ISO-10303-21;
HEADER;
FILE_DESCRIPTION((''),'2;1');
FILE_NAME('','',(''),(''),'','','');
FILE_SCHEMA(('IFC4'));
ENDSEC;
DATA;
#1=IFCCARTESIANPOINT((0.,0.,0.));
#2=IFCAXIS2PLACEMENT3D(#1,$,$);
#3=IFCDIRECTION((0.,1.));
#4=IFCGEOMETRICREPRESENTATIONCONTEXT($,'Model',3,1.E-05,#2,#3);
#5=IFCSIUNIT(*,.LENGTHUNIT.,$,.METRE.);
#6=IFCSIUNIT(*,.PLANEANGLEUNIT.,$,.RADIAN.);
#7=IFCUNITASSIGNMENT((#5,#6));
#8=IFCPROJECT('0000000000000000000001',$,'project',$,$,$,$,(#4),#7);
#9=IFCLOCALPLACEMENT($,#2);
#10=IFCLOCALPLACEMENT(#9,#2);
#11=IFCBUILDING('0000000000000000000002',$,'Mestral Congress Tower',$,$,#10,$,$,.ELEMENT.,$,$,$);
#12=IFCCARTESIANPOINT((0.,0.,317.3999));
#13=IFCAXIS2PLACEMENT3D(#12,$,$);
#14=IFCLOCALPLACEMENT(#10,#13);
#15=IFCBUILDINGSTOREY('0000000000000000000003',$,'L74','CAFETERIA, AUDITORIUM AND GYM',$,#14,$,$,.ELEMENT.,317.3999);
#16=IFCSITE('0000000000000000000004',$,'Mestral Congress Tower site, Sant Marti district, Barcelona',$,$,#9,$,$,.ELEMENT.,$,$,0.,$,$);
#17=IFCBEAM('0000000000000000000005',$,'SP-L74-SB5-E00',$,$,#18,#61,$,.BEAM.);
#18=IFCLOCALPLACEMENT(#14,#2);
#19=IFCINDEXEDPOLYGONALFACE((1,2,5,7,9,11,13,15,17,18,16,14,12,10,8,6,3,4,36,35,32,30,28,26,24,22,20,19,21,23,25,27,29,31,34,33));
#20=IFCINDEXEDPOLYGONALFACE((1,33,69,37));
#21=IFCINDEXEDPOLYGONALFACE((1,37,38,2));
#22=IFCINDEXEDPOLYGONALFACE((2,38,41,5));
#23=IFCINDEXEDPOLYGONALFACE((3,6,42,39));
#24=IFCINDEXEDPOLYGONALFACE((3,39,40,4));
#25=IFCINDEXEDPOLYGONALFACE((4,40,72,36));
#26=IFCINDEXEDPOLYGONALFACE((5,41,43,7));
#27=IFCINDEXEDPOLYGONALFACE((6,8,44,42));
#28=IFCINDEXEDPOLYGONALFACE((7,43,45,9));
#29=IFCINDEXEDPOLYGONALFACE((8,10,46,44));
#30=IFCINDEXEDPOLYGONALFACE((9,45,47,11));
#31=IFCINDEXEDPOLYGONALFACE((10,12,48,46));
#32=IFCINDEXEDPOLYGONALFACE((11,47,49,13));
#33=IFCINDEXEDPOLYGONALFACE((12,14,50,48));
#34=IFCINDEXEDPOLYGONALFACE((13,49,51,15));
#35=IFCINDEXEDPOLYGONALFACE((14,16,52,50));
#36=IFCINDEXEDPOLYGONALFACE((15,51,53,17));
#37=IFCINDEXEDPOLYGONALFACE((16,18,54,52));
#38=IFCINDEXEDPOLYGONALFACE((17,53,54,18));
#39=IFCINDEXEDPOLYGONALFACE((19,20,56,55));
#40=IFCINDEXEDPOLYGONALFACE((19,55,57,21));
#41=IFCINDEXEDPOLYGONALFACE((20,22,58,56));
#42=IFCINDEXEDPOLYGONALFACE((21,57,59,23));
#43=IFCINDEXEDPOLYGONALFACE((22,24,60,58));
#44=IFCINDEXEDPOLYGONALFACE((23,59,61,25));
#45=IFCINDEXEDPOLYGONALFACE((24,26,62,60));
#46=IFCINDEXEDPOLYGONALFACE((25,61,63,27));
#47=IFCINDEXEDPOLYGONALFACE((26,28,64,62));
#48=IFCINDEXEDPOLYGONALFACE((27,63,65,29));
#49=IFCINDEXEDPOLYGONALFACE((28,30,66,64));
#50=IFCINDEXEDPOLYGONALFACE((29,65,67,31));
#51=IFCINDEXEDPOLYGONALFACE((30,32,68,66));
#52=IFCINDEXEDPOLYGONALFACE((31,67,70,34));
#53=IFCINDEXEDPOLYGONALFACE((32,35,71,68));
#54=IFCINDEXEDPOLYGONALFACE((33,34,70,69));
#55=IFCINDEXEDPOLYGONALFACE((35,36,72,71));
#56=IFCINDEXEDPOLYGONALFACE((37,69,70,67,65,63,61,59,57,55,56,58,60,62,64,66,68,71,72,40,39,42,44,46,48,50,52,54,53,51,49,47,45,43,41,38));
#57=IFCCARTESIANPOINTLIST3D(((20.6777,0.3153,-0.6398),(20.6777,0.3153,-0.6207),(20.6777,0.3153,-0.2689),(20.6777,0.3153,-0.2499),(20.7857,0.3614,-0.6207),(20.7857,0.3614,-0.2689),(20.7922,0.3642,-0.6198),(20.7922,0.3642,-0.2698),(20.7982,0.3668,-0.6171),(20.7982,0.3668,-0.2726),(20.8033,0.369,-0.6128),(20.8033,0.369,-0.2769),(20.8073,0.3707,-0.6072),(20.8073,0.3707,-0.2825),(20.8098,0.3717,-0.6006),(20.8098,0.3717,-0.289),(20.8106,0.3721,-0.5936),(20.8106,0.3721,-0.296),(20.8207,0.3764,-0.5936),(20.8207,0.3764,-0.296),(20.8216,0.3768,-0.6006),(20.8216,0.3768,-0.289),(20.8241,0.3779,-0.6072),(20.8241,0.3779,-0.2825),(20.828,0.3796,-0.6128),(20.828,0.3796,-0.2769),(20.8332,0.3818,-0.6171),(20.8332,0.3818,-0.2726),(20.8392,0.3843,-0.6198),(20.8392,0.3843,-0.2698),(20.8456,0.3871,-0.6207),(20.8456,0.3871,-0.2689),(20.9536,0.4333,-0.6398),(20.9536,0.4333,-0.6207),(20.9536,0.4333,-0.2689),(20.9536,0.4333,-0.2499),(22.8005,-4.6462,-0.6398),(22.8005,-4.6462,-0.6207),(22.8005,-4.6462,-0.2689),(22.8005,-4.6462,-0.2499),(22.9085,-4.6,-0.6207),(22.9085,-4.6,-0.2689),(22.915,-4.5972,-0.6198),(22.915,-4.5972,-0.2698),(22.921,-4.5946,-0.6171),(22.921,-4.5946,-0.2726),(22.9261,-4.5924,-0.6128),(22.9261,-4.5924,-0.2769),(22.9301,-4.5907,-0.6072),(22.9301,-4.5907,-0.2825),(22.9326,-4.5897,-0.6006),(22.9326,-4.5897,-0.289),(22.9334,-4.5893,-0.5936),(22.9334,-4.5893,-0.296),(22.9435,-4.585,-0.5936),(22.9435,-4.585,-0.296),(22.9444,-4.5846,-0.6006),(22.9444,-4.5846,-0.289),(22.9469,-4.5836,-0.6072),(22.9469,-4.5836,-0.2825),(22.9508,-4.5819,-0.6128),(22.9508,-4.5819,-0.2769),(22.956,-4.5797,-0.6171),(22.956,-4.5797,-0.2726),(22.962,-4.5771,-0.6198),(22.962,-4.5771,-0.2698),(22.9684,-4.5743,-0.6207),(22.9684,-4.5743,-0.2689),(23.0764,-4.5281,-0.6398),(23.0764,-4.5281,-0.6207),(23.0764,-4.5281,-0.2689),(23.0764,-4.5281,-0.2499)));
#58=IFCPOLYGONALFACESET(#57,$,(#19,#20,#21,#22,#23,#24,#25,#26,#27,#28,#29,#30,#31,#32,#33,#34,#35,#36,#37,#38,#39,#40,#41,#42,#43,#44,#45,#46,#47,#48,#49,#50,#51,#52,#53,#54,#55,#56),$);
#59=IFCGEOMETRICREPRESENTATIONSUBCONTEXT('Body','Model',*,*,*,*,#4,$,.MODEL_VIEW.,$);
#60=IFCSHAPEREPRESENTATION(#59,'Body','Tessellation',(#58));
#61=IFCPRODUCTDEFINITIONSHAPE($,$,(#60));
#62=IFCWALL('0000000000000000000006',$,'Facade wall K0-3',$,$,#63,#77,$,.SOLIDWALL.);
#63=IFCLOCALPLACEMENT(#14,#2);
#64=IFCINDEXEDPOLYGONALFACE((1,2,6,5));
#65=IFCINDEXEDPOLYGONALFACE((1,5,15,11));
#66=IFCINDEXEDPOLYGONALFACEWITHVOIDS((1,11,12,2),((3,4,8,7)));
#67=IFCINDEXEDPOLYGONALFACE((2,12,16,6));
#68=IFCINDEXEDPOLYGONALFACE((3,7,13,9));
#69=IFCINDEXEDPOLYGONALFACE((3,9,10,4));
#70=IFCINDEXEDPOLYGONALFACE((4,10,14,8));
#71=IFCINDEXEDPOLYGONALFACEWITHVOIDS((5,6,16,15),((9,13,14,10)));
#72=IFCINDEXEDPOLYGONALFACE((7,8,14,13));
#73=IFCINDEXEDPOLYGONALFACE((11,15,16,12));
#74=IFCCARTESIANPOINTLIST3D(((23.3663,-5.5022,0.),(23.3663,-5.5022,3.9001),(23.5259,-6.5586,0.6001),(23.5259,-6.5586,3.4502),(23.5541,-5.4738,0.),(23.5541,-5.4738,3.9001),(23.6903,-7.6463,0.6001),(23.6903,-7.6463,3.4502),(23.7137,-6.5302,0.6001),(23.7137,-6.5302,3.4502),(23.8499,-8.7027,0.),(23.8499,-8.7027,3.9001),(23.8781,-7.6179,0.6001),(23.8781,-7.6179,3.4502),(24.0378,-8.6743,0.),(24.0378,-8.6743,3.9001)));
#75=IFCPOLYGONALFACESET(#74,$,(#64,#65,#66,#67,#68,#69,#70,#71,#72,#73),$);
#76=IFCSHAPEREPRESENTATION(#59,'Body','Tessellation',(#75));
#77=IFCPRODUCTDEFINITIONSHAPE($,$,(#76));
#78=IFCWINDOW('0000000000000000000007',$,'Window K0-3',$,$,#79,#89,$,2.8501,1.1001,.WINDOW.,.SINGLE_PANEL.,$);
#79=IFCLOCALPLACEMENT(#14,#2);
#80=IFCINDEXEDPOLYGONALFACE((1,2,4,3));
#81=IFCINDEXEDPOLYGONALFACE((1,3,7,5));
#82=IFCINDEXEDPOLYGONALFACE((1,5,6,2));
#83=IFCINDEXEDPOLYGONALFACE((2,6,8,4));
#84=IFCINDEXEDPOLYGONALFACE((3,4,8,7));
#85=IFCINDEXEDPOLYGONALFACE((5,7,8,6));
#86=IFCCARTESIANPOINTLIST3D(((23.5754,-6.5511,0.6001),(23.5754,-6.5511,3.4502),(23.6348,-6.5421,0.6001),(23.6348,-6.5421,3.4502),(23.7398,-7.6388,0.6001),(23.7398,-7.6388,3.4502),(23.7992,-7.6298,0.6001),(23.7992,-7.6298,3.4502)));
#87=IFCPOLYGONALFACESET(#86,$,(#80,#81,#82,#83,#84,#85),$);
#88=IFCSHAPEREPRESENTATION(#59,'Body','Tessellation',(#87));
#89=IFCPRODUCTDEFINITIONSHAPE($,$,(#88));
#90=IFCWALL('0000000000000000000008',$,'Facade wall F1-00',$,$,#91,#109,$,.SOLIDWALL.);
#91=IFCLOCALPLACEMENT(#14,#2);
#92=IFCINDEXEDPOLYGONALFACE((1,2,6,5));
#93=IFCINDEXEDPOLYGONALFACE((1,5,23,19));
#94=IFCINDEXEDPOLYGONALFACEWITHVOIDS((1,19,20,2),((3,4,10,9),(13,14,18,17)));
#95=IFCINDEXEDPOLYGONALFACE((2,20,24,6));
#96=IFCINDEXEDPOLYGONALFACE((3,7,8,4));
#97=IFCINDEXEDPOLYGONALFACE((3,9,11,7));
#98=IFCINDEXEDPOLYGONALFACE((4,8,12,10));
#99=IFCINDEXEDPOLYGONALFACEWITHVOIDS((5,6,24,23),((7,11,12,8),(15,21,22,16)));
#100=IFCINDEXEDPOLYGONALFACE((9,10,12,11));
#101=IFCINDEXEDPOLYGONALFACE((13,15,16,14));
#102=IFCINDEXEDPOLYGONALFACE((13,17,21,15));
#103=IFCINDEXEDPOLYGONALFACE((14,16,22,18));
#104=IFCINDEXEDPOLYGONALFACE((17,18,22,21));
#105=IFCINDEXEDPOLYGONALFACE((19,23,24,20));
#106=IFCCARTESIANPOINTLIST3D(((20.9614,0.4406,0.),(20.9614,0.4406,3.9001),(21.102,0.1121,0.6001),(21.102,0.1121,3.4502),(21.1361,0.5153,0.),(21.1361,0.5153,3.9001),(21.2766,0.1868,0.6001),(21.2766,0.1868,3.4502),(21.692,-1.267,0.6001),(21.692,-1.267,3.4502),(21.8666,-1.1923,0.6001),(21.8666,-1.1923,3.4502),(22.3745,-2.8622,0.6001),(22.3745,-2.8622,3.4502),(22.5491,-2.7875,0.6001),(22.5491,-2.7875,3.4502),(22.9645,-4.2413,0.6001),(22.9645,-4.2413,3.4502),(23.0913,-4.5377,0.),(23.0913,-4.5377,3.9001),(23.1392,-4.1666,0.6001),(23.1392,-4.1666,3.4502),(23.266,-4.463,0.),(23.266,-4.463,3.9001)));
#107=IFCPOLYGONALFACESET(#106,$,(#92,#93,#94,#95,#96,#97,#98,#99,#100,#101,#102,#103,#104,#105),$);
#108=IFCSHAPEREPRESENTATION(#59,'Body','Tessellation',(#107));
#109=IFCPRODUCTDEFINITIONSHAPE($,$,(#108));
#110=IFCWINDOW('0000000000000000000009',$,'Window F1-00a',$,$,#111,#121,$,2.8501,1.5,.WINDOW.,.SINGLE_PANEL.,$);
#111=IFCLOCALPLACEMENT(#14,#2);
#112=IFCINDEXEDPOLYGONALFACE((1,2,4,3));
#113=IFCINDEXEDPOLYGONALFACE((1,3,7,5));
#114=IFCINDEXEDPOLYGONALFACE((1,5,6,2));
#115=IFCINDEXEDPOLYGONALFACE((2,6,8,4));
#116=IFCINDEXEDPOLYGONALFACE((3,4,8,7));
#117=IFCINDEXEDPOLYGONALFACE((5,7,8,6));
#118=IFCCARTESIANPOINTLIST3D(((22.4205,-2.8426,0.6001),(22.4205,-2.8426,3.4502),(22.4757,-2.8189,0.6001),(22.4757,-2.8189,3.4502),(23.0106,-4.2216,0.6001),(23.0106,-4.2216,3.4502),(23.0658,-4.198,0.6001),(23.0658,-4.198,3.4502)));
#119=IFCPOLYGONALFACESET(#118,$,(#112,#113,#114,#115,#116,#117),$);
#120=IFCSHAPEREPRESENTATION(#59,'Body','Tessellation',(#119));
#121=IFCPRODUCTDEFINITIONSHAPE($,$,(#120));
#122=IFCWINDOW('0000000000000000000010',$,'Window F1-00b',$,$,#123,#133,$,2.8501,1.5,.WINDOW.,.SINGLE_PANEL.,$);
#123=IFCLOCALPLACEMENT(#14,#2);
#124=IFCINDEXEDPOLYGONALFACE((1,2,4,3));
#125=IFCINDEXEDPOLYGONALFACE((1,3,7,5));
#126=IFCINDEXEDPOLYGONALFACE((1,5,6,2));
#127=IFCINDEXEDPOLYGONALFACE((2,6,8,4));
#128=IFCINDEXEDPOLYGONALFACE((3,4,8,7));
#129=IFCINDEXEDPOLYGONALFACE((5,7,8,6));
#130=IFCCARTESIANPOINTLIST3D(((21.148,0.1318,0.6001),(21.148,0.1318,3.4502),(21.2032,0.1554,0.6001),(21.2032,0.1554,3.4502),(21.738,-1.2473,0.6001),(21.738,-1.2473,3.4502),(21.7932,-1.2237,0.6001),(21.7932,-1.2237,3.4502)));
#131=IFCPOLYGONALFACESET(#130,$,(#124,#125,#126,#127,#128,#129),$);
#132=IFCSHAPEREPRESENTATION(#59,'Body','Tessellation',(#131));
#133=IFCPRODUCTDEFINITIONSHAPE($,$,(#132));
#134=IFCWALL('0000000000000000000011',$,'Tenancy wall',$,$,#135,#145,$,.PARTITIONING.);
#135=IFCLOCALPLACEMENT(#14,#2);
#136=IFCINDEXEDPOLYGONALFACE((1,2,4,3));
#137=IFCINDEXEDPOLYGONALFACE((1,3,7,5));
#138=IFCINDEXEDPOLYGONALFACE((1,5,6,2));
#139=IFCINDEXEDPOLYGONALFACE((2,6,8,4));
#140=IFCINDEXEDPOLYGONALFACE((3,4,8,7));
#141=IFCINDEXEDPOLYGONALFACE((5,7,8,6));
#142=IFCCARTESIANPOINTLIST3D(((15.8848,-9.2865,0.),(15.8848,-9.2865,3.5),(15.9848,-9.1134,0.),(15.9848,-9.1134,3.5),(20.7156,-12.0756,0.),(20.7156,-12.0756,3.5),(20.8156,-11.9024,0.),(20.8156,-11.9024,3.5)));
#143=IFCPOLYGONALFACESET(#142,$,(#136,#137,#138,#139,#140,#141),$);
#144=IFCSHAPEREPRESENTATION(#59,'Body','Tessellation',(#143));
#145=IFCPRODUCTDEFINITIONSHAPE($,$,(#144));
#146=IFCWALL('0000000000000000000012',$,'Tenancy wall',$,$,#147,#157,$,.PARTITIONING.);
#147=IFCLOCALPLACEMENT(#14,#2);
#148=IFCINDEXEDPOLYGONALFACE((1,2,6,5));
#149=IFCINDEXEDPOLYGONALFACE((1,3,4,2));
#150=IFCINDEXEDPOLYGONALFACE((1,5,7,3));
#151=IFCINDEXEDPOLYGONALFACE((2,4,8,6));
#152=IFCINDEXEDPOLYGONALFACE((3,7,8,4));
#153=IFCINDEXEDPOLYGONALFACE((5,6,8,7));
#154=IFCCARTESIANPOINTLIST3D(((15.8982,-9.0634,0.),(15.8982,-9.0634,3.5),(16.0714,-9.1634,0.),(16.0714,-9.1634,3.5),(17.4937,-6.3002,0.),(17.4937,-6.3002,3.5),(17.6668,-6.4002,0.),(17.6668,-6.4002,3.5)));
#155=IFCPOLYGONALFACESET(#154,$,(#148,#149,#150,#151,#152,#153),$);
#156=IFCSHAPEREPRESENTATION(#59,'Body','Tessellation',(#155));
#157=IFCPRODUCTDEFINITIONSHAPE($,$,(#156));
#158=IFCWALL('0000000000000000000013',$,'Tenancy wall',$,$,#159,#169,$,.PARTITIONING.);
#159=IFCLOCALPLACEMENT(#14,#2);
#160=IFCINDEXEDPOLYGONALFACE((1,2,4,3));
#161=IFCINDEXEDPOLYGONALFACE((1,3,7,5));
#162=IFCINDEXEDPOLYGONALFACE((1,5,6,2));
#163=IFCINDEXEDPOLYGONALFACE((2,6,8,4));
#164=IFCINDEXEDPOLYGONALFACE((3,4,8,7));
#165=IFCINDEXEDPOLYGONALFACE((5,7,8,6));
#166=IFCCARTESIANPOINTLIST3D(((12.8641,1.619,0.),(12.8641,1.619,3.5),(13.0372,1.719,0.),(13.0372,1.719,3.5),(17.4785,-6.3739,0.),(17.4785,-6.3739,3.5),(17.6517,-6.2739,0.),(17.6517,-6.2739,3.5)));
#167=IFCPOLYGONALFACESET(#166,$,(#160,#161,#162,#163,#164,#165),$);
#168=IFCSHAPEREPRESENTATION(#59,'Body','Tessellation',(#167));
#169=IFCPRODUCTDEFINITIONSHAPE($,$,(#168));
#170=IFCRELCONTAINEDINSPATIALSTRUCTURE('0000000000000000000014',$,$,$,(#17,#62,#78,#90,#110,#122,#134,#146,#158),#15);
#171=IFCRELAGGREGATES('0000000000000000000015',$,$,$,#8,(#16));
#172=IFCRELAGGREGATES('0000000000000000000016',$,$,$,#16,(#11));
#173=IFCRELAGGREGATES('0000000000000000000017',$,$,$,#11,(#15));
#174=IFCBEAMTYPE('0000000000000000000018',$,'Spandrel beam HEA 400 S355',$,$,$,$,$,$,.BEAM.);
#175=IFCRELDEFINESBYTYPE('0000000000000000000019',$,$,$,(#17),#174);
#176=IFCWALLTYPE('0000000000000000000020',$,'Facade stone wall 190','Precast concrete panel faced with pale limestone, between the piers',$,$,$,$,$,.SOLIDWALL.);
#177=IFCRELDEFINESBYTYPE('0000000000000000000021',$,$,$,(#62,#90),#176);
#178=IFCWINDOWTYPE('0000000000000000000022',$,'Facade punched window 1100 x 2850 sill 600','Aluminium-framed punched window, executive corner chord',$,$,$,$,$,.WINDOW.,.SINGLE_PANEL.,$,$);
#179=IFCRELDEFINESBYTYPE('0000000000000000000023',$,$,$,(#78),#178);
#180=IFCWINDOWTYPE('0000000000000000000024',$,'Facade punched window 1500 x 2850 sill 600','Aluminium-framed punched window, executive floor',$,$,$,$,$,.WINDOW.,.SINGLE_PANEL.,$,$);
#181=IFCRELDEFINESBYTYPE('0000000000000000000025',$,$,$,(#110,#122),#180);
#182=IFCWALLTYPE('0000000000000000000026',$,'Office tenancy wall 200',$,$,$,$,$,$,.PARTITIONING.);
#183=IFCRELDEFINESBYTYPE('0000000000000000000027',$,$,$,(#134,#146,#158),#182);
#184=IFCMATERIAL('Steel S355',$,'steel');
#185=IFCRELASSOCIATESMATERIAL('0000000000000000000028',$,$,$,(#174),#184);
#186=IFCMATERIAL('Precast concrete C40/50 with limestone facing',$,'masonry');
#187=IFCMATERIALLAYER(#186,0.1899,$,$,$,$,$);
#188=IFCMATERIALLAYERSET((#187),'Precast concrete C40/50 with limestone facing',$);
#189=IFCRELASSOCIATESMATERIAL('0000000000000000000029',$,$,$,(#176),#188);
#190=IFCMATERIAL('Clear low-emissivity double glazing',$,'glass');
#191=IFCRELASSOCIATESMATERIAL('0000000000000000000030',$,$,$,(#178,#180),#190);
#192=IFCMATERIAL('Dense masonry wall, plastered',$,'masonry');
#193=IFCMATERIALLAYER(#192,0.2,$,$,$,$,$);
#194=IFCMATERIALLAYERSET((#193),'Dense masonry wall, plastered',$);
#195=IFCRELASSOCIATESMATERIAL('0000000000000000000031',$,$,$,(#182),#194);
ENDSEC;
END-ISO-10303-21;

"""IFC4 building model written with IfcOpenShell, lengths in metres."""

from ifc_helpers import new_model, si_unit, direction, frame, frame_2d, origin, origin_2d, place, context, subcontext, project, spatial, rectangle, i_section, extrude, material, layer, layer_set, material_profile, profile_set, type_object, element, fill, save


model = new_model("IFC4")

# Units and contexts
model_context = context("Model", 3, precision=1e-05, world=origin(), true_north=direction((0.0, 1.0)))
body_context = subcontext(model_context, "Body", "Model", "MODEL_VIEW")
ifc_project = project(units=[si_unit("LENGTHUNIT", "METRE"), si_unit("PLANEANGLEUNIT", "RADIAN")], contexts=[model_context])

# Site, building, storey
site_placement = place(None, origin())
site = spatial("IfcSite", under=ifc_project, at=site_placement, Name="Mestral Congress Tower site, Sant Marti district, Barcelona", CompositionType="ELEMENT", RefElevation=0.0)
building_placement = place(site_placement, origin())
building = spatial("IfcBuilding", under=site, at=building_placement, Name="Mestral Congress Tower", CompositionType="ELEMENT")
storey_placement = place(building_placement, frame((0.0, 0.0, 317.3999)))
storey = spatial("IfcBuildingStorey", under=building, at=storey_placement, Name="L74", Description="CAFETERIA, AUDITORIUM AND GYM", CompositionType="ELEMENT", Elevation=317.3999)

# Beam
ifc_material_1 = material(Name="Steel S355", Category="steel")
ifc_material_profile_1 = material_profile(ifc_material_1, i_section(OverallWidth=0.3, OverallDepth=0.3899, WebThickness=0.011, FlangeThickness=0.019, FilletRadius=0.0271, at=origin_2d()), Name="HEA 400")
ifc_profile_set_1 = profile_set([ifc_material_profile_1], Name="Steel S355")
beam_type_1 = type_object("IfcBeamType", Name="Spandrel beam HEA 400 S355", PredefinedType="BEAM", material=ifc_profile_set_1)
beam_1_placement = place(storey_placement, frame((22.9385, -4.5872, -0.4448), z_axis=(-0.393368, 0.919381, 0.0), x_axis=(-0.919381, -0.393368, 0.0)))
element("IfcBeam", 1, at=beam_1_placement, inside=storey, type_object=beam_type_1, Name="SP-L74-SB5-E00", PredefinedType="BEAM", context=body_context, shape_type="SweptSolid", body=[
    extrude(i_section(OverallWidth=0.3, OverallDepth=0.3899, WebThickness=0.011, FlangeThickness=0.019, FilletRadius=0.0271, at=origin_2d()), origin(), (0.0, 0.0, 1.0), 5.3965),
])

# Wall, opening, window
ifc_material_2 = material(Name="Precast concrete C40/50 with limestone facing", Category="masonry")
ifc_layer_1 = layer(ifc_material_2, 0.1899)
ifc_layer_set_1 = layer_set([ifc_layer_1], Name="Precast concrete C40/50 with limestone facing")
wall_type_1 = type_object("IfcWallType", Name="Facade stone wall 190", Description="Precast concrete panel faced with pale limestone, between the piers", PredefinedType="SOLIDWALL", material=ifc_layer_set_1)
wall_1_placement = place(storey_placement, frame((23.9438, -8.6885, 0.0), z_axis=(0.0, 0.0, 1.0), x_axis=(-0.149421, 0.988774, 0.0)))
wall_1 = element("IfcWall", 2, at=wall_1_placement, inside=storey, type_object=wall_type_1, Name="Facade wall K0-3", PredefinedType="SOLIDWALL", context=body_context, shape_type="SweptSolid", body=[
    extrude(rectangle(XDim=3.2368, YDim=0.1899, at=frame_2d((1.6184, 0.0))), origin(), (0.0, 0.0, 1.0), 3.9001),
])
opening_1_placement = place(wall_1_placement, frame((1.0684, 0.0, 0.6001)))
opening_1 = element("IfcOpeningElement", 3, at=opening_1_placement, cuts=wall_1, PredefinedType="OPENING", context=body_context, shape_type="SweptSolid", body=[
    extrude(rectangle(XDim=1.1001, YDim=2.8501, at=frame_2d((0.55, 1.425))), frame((0.0, 0.105, 0.0), z_axis=(0.0, -1.0, 0.0), x_axis=(1.0, 0.0, 0.0)), (0.0, 0.0, 1.0), 0.21),
])
ifc_material_3 = material(Name="Clear low-emissivity double glazing", Category="glass")
window_type_1 = type_object("IfcWindowType", Name="Facade punched window 1100 x 2850 sill 600", Description="Aluminium-framed punched window, executive corner chord", PartitioningType="SINGLE_PANEL", PredefinedType="WINDOW", material=ifc_material_3)
window_1_placement = place(opening_1_placement, origin())
window_1 = element("IfcWindow", 4, at=window_1_placement, inside=storey, type_object=window_type_1, Name="Window K0-3", OverallHeight=2.8501, OverallWidth=1.1001, PartitioningType="SINGLE_PANEL", PredefinedType="WINDOW", context=body_context, shape_type="SweptSolid", body=[
    extrude(rectangle(XDim=1.1001, YDim=2.8501, at=frame_2d((0.55, 1.425))), frame((0.0, 0.0449, 0.0), z_axis=(0.0, -1.0, 0.0), x_axis=(1.0, 0.0, 0.0)), (0.0, 0.0, 1.0), 0.0601),
])
fill(opening_1, window_1)

# Wall, openings, windows
wall_2_placement = place(storey_placement, frame((23.1787, -4.5005, 0.0), z_axis=(0.0, 0.0, 1.0), x_axis=(-0.393348, 0.91939, 0.0)))
wall_2 = element("IfcWall", 5, at=wall_2_placement, inside=storey, type_object=wall_type_1, Name="Facade wall F1-00", PredefinedType="SOLIDWALL", context=body_context, shape_type="SweptSolid", body=[
    extrude(rectangle(XDim=5.4148, YDim=0.1899, at=frame_2d((2.7075, 0.0))), origin(), (0.0, 0.0, 1.0), 3.9001),
])
opening_2_placement = place(wall_2_placement, frame((0.3225, 0.0, 0.6001)))
opening_2 = element("IfcOpeningElement", 6, at=opening_2_placement, cuts=wall_2, PredefinedType="OPENING", context=body_context, shape_type="SweptSolid", body=[
    extrude(rectangle(XDim=1.5, YDim=2.8501, at=frame_2d((0.75, 1.425))), frame((0.0, 0.105, 0.0), z_axis=(0.0, -1.0, 0.0), x_axis=(1.0, 0.0, 0.0)), (0.0, 0.0, 1.0), 0.21),
])
opening_3_placement = place(wall_2_placement, frame((3.5576, 0.0, 0.6001)))
opening_3 = element("IfcOpeningElement", 7, at=opening_3_placement, cuts=wall_2, PredefinedType="OPENING", context=body_context, shape_type="SweptSolid", body=[
    extrude(rectangle(XDim=1.5, YDim=2.8501, at=frame_2d((0.75, 1.425))), frame((0.0, 0.105, 0.0), z_axis=(0.0, -1.0, 0.0), x_axis=(1.0, 0.0, 0.0)), (0.0, 0.0, 1.0), 0.21),
])
window_type_2 = type_object("IfcWindowType", Name="Facade punched window 1500 x 2850 sill 600", Description="Aluminium-framed punched window, executive floor", PartitioningType="SINGLE_PANEL", PredefinedType="WINDOW", material=ifc_material_3)
window_2_placement = place(opening_2_placement, origin())
window_2 = element("IfcWindow", 8, at=window_2_placement, inside=storey, type_object=window_type_2, Name="Window F1-00a", OverallHeight=2.8501, OverallWidth=1.5, PartitioningType="SINGLE_PANEL", PredefinedType="WINDOW", context=body_context, shape_type="SweptSolid", body=[
    extrude(rectangle(XDim=1.5, YDim=2.8501, at=frame_2d((0.75, 1.425))), frame((0.0, 0.0449, 0.0), z_axis=(0.0, -1.0, 0.0), x_axis=(1.0, 0.0, 0.0)), (0.0, 0.0, 1.0), 0.0601),
])
fill(opening_2, window_2)
window_3_placement = place(opening_3_placement, origin())
window_3 = element("IfcWindow", 9, at=window_3_placement, inside=storey, type_object=window_type_2, Name="Window F1-00b", OverallHeight=2.8501, OverallWidth=1.5, PartitioningType="SINGLE_PANEL", PredefinedType="WINDOW", context=body_context, shape_type="SweptSolid", body=[
    extrude(rectangle(XDim=1.5, YDim=2.8501, at=frame_2d((0.75, 1.425))), frame((0.0, 0.0449, 0.0), z_axis=(0.0, -1.0, 0.0), x_axis=(1.0, 0.0, 0.0)), (0.0, 0.0, 1.0), 0.0601),
])
fill(opening_3, window_3)

# Walls
ifc_material_4 = material(Name="Dense masonry wall, plastered", Category="masonry")
ifc_layer_2 = layer(ifc_material_4, 0.2)
ifc_layer_set_2 = layer_set([ifc_layer_2], Name="Dense masonry wall, plastered")
wall_type_2 = type_object("IfcWallType", Name="Office tenancy wall 200", PredefinedType="PARTITIONING", material=ifc_layer_set_2)
wall_3_placement = place(storey_placement, frame((15.9348, -9.2, 0.0), z_axis=(0.0, 0.0, 1.0), x_axis=(0.866026, -0.499999, 0.0)))
element("IfcWall", 10, at=wall_3_placement, inside=storey, type_object=wall_type_2, Name="Tenancy wall", PredefinedType="PARTITIONING", context=body_context, shape_type="SweptSolid", body=[
    extrude(rectangle(XDim=5.5781, YDim=0.2, at=frame_2d((2.7891, 0.0))), origin(), (0.0, 0.0, 1.0), 3.5),
])
wall_4_placement = place(storey_placement, frame((15.9849, -9.1133, 0.0), z_axis=(0.0, 0.0, 1.0), x_axis=(0.500032, 0.866007, 0.0)))
element("IfcWall", 11, at=wall_4_placement, inside=storey, type_object=wall_type_2, Name="Tenancy wall", PredefinedType="PARTITIONING", context=body_context, shape_type="SweptSolid", body=[
    extrude(rectangle(XDim=3.1907, YDim=0.2, at=frame_2d((1.5952, 0.0))), origin(), (0.0, 0.0, 1.0), 3.5),
])
wall_5_placement = place(storey_placement, frame((17.5652, -6.324, 0.0), z_axis=(0.0, 0.0, 1.0), x_axis=(-0.499983, 0.866035, 0.0)))
element("IfcWall", 12, at=wall_5_placement, inside=storey, type_object=wall_type_2, Name="Tenancy wall", PredefinedType="PARTITIONING", context=body_context, shape_type="SweptSolid", body=[
    extrude(rectangle(XDim=9.2292, YDim=0.2, at=frame_2d((4.6147, 0.0))), origin(), (0.0, 0.0, 1.0), 3.5),
])

save(model, "model.ifc")
